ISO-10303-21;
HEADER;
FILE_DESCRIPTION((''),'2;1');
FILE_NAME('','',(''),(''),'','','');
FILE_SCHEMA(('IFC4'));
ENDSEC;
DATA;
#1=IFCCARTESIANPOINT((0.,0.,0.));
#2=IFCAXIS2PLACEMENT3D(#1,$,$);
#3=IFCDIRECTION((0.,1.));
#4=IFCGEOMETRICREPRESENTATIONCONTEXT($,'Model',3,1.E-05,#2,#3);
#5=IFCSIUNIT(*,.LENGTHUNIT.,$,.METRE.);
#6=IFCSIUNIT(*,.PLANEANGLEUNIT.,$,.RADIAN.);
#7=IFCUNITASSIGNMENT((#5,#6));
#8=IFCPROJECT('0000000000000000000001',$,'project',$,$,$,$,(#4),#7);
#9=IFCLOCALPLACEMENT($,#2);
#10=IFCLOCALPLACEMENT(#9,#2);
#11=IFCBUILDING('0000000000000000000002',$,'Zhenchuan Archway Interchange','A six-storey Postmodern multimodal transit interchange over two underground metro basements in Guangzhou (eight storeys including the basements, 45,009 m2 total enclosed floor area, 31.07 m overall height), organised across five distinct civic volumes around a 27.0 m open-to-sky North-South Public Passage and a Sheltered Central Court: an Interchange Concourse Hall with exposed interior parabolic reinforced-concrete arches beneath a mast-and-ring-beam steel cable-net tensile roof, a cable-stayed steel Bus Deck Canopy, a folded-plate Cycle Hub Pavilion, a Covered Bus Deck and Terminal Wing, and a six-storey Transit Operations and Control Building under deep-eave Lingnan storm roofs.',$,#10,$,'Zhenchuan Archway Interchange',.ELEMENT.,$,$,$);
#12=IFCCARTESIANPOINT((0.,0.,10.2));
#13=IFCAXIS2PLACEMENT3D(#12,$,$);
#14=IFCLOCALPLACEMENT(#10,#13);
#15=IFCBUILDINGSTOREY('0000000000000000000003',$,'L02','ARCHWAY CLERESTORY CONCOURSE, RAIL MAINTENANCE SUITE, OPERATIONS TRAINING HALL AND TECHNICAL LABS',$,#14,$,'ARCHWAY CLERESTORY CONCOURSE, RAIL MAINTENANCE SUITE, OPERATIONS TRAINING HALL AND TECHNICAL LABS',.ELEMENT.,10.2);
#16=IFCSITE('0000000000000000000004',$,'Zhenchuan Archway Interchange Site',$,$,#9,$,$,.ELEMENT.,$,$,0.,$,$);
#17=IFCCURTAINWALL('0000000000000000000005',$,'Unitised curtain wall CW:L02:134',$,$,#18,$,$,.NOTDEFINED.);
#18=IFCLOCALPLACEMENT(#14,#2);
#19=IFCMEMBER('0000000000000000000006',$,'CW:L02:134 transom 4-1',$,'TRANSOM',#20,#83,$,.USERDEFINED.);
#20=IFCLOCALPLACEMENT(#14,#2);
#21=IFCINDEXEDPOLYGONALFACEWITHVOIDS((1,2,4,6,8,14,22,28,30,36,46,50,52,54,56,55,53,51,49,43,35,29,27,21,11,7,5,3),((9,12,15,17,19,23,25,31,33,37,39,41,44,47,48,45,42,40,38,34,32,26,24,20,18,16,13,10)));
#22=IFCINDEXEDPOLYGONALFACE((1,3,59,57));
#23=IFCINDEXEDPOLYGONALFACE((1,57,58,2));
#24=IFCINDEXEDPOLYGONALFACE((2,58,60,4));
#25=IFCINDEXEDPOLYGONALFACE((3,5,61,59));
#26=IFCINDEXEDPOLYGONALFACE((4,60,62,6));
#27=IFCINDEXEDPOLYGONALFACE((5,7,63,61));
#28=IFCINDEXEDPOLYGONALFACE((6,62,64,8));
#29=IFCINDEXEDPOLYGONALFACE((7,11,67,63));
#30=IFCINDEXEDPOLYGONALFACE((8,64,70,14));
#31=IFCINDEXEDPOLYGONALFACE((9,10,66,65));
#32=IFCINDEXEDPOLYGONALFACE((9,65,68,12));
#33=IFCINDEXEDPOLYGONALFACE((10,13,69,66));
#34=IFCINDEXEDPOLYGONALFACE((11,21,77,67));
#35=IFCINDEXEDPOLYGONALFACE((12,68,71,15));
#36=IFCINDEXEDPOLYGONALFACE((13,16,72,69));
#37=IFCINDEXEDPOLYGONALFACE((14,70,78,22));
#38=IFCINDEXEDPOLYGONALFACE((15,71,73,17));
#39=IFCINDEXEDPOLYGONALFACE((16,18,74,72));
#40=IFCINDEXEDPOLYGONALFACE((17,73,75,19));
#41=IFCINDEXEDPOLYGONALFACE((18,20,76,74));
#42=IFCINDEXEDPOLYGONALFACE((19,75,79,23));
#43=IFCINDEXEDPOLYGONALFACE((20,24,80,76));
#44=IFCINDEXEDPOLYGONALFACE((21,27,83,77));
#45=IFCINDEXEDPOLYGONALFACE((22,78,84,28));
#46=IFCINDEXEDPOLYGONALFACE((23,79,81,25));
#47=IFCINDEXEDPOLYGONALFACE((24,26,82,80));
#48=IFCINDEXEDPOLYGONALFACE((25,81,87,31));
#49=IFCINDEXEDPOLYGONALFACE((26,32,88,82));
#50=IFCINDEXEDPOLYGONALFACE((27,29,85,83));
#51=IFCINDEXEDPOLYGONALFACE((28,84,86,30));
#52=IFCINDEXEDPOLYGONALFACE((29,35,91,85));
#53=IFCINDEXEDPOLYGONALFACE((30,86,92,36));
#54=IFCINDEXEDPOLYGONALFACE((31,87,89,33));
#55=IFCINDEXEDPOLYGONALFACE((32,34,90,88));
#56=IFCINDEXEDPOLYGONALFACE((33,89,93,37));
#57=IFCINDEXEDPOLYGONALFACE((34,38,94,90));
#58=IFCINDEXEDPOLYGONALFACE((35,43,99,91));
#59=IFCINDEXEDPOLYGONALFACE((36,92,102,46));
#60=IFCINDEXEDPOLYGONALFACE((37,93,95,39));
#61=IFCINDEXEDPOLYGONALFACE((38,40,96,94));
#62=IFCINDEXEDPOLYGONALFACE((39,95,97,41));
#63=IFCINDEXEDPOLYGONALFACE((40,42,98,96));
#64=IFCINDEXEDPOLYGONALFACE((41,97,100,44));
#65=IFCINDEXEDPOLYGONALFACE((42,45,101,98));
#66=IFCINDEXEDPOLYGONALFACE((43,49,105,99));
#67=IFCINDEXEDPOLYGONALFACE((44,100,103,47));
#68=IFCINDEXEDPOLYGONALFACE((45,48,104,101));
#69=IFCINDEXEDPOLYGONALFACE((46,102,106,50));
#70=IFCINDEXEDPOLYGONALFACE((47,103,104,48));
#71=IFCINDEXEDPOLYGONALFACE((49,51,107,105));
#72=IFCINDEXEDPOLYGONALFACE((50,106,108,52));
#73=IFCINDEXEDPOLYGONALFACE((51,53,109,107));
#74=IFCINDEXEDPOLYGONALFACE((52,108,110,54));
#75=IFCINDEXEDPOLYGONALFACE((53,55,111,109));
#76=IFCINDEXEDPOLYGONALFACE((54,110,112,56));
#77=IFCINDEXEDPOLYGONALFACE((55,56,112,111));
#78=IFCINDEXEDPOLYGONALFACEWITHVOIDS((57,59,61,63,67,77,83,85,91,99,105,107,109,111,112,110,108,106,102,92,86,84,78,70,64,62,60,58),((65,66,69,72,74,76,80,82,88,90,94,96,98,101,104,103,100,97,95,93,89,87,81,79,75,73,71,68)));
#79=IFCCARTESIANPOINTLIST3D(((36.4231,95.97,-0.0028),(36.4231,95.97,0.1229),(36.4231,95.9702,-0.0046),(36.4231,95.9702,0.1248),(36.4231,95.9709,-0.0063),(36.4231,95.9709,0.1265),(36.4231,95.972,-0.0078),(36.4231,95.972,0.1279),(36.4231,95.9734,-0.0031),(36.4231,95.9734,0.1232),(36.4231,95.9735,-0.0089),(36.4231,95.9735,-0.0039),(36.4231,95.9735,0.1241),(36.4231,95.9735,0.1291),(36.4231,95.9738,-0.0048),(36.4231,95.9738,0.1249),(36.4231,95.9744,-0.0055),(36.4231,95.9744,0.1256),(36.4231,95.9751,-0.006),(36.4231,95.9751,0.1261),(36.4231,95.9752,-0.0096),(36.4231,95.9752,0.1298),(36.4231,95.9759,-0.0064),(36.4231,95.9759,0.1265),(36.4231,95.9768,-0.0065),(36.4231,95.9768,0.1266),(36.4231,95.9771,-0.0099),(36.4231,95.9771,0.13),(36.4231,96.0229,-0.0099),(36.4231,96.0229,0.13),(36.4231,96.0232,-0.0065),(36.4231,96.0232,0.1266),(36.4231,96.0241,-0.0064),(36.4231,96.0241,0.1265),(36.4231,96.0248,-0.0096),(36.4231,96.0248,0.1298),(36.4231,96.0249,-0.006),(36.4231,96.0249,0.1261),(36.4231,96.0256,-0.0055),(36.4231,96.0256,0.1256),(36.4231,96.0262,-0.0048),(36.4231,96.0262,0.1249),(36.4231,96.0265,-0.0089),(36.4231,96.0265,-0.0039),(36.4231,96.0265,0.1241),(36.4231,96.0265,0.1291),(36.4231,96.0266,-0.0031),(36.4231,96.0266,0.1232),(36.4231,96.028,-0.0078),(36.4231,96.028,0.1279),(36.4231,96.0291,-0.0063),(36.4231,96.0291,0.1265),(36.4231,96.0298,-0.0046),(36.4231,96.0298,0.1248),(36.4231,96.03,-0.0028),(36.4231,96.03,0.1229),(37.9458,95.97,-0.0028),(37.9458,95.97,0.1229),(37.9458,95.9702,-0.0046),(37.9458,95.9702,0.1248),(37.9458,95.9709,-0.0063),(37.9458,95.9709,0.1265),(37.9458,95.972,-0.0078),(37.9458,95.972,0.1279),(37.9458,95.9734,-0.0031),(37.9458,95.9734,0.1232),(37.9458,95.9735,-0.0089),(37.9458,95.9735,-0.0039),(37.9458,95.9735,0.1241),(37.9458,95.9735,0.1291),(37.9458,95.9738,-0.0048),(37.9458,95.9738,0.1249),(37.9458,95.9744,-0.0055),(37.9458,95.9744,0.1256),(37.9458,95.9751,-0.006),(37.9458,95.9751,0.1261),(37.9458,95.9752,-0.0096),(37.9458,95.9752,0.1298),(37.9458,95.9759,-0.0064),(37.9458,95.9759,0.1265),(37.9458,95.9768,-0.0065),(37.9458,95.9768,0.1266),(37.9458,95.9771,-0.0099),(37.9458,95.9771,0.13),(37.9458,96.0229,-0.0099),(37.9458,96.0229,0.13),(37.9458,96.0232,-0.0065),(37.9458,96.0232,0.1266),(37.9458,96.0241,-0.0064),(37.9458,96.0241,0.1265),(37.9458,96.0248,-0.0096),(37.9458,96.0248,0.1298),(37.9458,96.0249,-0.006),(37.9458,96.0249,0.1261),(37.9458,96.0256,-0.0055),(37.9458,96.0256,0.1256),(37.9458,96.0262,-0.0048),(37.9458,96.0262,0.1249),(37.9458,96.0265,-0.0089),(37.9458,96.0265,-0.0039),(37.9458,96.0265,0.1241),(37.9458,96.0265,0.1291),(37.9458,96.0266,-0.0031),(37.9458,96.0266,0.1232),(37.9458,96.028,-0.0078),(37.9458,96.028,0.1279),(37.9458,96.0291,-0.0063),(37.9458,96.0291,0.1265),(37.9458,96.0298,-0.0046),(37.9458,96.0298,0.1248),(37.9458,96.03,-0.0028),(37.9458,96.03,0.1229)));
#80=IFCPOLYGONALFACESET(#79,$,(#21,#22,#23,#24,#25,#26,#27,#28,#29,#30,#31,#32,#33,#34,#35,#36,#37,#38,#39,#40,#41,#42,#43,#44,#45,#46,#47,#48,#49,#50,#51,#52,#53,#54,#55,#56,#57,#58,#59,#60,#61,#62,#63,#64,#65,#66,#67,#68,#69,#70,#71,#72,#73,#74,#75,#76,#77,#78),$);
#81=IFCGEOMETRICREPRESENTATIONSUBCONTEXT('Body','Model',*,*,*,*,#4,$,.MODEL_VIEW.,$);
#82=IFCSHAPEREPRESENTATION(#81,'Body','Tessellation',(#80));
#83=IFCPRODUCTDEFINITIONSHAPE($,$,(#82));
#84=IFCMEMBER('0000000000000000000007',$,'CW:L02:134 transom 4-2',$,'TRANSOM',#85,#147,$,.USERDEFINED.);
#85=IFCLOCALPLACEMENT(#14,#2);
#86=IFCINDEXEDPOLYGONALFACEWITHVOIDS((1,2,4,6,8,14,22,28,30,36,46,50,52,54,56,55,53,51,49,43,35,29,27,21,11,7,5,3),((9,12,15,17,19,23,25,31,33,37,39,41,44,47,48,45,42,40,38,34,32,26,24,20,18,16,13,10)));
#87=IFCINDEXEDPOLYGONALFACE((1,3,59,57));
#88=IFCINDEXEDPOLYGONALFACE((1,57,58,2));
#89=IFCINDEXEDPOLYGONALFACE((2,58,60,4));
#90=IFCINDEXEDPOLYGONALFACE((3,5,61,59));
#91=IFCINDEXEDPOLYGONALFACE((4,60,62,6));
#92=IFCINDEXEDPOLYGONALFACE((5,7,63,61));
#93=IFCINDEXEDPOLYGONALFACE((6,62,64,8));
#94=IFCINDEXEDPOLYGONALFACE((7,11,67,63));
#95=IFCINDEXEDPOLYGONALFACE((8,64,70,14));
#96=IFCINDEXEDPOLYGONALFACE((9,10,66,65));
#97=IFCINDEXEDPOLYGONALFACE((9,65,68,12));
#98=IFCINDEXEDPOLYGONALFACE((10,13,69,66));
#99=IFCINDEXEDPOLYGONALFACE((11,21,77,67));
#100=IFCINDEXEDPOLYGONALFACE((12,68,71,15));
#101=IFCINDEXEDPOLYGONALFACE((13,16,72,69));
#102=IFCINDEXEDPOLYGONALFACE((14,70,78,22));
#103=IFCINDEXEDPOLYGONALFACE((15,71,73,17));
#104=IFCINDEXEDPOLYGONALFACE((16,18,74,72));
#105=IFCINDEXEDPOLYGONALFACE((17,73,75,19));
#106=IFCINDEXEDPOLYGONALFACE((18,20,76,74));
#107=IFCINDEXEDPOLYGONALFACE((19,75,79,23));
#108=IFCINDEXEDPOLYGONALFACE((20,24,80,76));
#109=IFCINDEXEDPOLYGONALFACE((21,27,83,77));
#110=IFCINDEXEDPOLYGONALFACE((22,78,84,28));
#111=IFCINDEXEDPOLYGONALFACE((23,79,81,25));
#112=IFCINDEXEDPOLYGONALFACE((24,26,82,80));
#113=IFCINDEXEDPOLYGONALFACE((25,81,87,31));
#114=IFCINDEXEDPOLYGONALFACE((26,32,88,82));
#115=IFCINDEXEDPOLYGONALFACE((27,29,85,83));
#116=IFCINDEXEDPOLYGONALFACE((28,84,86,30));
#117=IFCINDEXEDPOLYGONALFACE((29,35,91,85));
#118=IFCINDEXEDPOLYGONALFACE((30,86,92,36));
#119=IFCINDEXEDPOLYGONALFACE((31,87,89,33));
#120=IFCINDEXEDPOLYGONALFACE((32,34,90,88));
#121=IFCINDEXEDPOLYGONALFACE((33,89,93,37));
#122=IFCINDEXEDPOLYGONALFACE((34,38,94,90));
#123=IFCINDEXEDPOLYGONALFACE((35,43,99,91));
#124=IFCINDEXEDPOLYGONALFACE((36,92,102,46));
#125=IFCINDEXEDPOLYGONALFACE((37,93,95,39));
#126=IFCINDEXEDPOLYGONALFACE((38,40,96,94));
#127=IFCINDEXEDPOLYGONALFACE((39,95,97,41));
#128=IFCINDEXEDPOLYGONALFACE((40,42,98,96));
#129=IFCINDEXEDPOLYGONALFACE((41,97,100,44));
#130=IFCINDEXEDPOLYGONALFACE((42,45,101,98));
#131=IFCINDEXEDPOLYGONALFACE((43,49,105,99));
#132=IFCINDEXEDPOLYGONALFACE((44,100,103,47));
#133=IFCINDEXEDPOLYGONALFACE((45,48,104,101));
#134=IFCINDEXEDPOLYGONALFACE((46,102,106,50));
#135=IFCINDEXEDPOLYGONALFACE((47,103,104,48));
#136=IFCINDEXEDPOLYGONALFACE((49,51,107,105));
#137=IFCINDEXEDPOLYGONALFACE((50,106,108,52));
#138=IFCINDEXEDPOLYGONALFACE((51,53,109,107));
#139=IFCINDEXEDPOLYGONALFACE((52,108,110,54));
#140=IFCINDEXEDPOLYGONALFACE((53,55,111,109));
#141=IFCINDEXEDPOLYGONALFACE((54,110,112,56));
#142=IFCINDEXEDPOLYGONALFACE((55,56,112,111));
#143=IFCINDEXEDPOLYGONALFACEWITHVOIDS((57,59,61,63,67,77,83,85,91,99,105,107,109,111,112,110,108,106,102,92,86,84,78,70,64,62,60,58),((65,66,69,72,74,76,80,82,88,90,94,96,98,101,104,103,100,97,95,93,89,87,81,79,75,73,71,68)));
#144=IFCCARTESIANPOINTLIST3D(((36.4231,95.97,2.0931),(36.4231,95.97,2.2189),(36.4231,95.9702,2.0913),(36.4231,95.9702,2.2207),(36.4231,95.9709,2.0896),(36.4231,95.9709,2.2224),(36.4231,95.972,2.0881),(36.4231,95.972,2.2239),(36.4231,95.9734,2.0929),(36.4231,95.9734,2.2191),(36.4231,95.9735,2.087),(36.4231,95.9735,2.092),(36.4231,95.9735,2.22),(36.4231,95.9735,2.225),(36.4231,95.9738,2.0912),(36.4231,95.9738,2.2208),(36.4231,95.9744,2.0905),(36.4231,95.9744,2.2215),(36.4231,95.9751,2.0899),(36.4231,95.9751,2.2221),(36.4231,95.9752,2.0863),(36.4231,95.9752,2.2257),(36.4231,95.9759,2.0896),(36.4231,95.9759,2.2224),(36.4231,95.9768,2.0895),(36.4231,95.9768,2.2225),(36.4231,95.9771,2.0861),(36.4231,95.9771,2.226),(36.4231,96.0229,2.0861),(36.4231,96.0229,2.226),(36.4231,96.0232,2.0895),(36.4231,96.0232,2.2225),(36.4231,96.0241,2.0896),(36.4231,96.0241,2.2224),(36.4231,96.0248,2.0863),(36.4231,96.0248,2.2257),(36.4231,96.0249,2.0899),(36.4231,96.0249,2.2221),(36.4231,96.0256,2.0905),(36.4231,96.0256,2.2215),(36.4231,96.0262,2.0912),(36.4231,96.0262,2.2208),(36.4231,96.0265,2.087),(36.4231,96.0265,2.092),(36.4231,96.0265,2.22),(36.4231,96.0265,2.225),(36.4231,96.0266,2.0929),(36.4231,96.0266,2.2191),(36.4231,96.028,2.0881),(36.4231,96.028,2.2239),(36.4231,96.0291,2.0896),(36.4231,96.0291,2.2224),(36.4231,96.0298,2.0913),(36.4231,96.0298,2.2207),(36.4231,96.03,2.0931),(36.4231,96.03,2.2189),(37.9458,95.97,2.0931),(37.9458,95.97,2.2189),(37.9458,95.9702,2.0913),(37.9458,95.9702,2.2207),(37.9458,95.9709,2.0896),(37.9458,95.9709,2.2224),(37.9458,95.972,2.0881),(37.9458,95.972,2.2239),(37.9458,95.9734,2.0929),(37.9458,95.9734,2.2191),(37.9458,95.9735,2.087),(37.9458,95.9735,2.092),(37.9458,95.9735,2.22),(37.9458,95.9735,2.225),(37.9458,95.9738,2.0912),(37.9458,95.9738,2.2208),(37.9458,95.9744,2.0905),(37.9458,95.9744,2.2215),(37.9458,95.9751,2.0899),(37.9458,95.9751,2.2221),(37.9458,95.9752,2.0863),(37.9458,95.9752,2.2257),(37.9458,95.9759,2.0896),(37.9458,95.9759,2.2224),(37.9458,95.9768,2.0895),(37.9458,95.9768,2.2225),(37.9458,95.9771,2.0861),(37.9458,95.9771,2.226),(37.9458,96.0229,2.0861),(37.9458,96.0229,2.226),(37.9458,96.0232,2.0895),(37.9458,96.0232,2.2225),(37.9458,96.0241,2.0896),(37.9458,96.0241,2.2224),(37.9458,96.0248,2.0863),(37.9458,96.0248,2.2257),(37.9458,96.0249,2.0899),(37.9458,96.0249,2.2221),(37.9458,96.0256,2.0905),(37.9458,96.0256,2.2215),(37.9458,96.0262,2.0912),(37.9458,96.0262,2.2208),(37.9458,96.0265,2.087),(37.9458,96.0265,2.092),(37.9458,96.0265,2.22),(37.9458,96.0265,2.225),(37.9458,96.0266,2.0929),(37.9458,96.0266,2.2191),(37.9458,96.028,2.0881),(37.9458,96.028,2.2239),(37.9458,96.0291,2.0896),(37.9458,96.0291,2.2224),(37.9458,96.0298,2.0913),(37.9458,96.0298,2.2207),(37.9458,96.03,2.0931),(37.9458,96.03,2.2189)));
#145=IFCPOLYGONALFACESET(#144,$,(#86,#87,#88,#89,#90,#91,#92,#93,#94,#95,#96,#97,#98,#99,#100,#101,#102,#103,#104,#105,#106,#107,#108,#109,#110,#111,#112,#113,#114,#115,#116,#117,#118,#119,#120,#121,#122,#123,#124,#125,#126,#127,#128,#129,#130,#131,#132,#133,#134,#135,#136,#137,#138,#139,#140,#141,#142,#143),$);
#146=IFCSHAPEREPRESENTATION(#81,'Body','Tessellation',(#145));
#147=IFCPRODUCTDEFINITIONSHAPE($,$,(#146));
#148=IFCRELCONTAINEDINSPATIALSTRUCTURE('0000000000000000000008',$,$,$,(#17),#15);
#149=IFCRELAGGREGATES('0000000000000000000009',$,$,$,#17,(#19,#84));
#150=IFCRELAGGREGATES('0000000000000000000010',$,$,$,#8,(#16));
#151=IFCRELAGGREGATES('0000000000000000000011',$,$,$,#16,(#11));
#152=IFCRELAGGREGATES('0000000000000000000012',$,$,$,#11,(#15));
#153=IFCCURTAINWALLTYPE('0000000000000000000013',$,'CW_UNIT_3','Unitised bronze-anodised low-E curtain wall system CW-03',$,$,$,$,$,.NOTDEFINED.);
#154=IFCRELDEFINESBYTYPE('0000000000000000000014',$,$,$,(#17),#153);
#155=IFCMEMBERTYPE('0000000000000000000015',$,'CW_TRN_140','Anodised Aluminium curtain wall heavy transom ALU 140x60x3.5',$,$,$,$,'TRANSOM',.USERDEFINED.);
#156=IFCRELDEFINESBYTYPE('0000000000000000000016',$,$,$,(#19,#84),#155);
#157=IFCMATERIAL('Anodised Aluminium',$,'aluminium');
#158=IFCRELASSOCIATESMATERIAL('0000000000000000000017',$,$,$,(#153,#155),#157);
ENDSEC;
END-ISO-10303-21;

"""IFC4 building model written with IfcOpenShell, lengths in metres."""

from ifc_helpers import new_model, si_unit, direction, frame, origin, origin_2d, place, context, subcontext, project, spatial, hollow_rectangle, extrude, material, material_profile, profile_set, type_object, element, aggregate, save


model = new_model("IFC4")

# Units and contexts
model_context = context("Model", 3, precision=1e-05, world=origin(), true_north=direction((0.0, 1.0)))
body_context = subcontext(model_context, "Body", "Model", "MODEL_VIEW")
ifc_project = project(units=[si_unit("LENGTHUNIT", "METRE"), si_unit("PLANEANGLEUNIT", "RADIAN")], contexts=[model_context])

# Site, building, storey
site_placement = place(None, origin())
site = spatial("IfcSite", under=ifc_project, at=site_placement, Name="Zhenchuan Archway Interchange Site", CompositionType="ELEMENT", RefElevation=0.0)
building_placement = place(site_placement, origin())
building = spatial("IfcBuilding", under=site, at=building_placement, Name="Zhenchuan Archway Interchange", Description="A six-storey Postmodern multimodal transit interchange over two underground metro basements in Guangzhou (eight storeys including the basements, 45,009 m2 total enclosed floor area, 31.07 m overall height), organised across five distinct civic volumes around a 27.0 m open-to-sky North-South Public Passage and a Sheltered Central Court: an Interchange Concourse Hall with exposed interior parabolic reinforced-concrete arches beneath a mast-and-ring-beam steel cable-net tensile roof, a cable-stayed steel Bus Deck Canopy, a folded-plate Cycle Hub Pavilion, a Covered Bus Deck and Terminal Wing, and a six-storey Transit Operations and Control Building under deep-eave Lingnan storm roofs.", LongName="Zhenchuan Archway Interchange", CompositionType="ELEMENT")
storey_placement = place(building_placement, frame((0.0, 0.0, 10.2)))
storey = spatial("IfcBuildingStorey", under=building, at=storey_placement, Name="L02", Description="ARCHWAY CLERESTORY CONCOURSE, RAIL MAINTENANCE SUITE, OPERATIONS TRAINING HALL AND TECHNICAL LABS", LongName="ARCHWAY CLERESTORY CONCOURSE, RAIL MAINTENANCE SUITE, OPERATIONS TRAINING HALL AND TECHNICAL LABS", CompositionType="ELEMENT", Elevation=10.2)

# Curtain wall, members
ifc_material_1 = material(Name="Anodised Aluminium", Category="aluminium")
curtain_wall_type = type_object("IfcCurtainWallType", Name="CW_UNIT_3", Description="Unitised bronze-anodised low-E curtain wall system CW-03", PredefinedType="NOTDEFINED", material=ifc_material_1)
curtain_wall_placement = place(storey_placement, origin())
curtain_wall = element("IfcCurtainWall", 1, at=curtain_wall_placement, inside=storey, type_object=curtain_wall_type, Name="Unitised curtain wall CW:L02:134", PredefinedType="NOTDEFINED")
ifc_material_profile_1 = material_profile(ifc_material_1, hollow_rectangle(XDim=0.0601, YDim=0.1399, WallThickness=0.0034, InnerFilletRadius=0.0034, OuterFilletRadius=0.0071, at=origin_2d()), Name="ALU 140x60x3.5")
ifc_profile_set_1 = profile_set([ifc_material_profile_1], Name="Anodised Aluminium")
member_type_1 = type_object("IfcMemberType", Name="CW_TRN_140", Description="Anodised Aluminium curtain wall heavy transom ALU 140x60x3.5", ElementType="TRANSOM", PredefinedType="USERDEFINED", material=ifc_profile_set_1)
member_1_placement = place(storey_placement, frame((37.9458, 96.0, 0.0601), z_axis=(-1.0, 0.0, 0.0), x_axis=(0.0, -1.0, 0.0)))
member_1 = element("IfcMember", 2, at=member_1_placement, type_object=member_type_1, Name="CW:L02:134 transom 4-1", ObjectType="TRANSOM", PredefinedType="USERDEFINED", context=body_context, shape_type="SweptSolid", body=[
    extrude(hollow_rectangle(XDim=0.0601, YDim=0.1399, WallThickness=0.0034, InnerFilletRadius=0.0034, OuterFilletRadius=0.0071, at=origin_2d()), origin(), (0.0, 0.0, 1.0), 1.5227),
])
member_2_placement = place(storey_placement, frame((37.9458, 96.0, 2.156), z_axis=(-1.0, 0.0, 0.0), x_axis=(0.0, -1.0, 0.0)))
member_2 = element("IfcMember", 3, at=member_2_placement, type_object=member_type_1, Name="CW:L02:134 transom 4-2", ObjectType="TRANSOM", PredefinedType="USERDEFINED", context=body_context, shape_type="SweptSolid", body=[
    extrude(hollow_rectangle(XDim=0.0601, YDim=0.1399, WallThickness=0.0034, InnerFilletRadius=0.0034, OuterFilletRadius=0.0071, at=origin_2d()), origin(), (0.0, 0.0, 1.0), 1.5227),
])

aggregate(curtain_wall, [member_1, member_2])

save(model, "model.ifc")
